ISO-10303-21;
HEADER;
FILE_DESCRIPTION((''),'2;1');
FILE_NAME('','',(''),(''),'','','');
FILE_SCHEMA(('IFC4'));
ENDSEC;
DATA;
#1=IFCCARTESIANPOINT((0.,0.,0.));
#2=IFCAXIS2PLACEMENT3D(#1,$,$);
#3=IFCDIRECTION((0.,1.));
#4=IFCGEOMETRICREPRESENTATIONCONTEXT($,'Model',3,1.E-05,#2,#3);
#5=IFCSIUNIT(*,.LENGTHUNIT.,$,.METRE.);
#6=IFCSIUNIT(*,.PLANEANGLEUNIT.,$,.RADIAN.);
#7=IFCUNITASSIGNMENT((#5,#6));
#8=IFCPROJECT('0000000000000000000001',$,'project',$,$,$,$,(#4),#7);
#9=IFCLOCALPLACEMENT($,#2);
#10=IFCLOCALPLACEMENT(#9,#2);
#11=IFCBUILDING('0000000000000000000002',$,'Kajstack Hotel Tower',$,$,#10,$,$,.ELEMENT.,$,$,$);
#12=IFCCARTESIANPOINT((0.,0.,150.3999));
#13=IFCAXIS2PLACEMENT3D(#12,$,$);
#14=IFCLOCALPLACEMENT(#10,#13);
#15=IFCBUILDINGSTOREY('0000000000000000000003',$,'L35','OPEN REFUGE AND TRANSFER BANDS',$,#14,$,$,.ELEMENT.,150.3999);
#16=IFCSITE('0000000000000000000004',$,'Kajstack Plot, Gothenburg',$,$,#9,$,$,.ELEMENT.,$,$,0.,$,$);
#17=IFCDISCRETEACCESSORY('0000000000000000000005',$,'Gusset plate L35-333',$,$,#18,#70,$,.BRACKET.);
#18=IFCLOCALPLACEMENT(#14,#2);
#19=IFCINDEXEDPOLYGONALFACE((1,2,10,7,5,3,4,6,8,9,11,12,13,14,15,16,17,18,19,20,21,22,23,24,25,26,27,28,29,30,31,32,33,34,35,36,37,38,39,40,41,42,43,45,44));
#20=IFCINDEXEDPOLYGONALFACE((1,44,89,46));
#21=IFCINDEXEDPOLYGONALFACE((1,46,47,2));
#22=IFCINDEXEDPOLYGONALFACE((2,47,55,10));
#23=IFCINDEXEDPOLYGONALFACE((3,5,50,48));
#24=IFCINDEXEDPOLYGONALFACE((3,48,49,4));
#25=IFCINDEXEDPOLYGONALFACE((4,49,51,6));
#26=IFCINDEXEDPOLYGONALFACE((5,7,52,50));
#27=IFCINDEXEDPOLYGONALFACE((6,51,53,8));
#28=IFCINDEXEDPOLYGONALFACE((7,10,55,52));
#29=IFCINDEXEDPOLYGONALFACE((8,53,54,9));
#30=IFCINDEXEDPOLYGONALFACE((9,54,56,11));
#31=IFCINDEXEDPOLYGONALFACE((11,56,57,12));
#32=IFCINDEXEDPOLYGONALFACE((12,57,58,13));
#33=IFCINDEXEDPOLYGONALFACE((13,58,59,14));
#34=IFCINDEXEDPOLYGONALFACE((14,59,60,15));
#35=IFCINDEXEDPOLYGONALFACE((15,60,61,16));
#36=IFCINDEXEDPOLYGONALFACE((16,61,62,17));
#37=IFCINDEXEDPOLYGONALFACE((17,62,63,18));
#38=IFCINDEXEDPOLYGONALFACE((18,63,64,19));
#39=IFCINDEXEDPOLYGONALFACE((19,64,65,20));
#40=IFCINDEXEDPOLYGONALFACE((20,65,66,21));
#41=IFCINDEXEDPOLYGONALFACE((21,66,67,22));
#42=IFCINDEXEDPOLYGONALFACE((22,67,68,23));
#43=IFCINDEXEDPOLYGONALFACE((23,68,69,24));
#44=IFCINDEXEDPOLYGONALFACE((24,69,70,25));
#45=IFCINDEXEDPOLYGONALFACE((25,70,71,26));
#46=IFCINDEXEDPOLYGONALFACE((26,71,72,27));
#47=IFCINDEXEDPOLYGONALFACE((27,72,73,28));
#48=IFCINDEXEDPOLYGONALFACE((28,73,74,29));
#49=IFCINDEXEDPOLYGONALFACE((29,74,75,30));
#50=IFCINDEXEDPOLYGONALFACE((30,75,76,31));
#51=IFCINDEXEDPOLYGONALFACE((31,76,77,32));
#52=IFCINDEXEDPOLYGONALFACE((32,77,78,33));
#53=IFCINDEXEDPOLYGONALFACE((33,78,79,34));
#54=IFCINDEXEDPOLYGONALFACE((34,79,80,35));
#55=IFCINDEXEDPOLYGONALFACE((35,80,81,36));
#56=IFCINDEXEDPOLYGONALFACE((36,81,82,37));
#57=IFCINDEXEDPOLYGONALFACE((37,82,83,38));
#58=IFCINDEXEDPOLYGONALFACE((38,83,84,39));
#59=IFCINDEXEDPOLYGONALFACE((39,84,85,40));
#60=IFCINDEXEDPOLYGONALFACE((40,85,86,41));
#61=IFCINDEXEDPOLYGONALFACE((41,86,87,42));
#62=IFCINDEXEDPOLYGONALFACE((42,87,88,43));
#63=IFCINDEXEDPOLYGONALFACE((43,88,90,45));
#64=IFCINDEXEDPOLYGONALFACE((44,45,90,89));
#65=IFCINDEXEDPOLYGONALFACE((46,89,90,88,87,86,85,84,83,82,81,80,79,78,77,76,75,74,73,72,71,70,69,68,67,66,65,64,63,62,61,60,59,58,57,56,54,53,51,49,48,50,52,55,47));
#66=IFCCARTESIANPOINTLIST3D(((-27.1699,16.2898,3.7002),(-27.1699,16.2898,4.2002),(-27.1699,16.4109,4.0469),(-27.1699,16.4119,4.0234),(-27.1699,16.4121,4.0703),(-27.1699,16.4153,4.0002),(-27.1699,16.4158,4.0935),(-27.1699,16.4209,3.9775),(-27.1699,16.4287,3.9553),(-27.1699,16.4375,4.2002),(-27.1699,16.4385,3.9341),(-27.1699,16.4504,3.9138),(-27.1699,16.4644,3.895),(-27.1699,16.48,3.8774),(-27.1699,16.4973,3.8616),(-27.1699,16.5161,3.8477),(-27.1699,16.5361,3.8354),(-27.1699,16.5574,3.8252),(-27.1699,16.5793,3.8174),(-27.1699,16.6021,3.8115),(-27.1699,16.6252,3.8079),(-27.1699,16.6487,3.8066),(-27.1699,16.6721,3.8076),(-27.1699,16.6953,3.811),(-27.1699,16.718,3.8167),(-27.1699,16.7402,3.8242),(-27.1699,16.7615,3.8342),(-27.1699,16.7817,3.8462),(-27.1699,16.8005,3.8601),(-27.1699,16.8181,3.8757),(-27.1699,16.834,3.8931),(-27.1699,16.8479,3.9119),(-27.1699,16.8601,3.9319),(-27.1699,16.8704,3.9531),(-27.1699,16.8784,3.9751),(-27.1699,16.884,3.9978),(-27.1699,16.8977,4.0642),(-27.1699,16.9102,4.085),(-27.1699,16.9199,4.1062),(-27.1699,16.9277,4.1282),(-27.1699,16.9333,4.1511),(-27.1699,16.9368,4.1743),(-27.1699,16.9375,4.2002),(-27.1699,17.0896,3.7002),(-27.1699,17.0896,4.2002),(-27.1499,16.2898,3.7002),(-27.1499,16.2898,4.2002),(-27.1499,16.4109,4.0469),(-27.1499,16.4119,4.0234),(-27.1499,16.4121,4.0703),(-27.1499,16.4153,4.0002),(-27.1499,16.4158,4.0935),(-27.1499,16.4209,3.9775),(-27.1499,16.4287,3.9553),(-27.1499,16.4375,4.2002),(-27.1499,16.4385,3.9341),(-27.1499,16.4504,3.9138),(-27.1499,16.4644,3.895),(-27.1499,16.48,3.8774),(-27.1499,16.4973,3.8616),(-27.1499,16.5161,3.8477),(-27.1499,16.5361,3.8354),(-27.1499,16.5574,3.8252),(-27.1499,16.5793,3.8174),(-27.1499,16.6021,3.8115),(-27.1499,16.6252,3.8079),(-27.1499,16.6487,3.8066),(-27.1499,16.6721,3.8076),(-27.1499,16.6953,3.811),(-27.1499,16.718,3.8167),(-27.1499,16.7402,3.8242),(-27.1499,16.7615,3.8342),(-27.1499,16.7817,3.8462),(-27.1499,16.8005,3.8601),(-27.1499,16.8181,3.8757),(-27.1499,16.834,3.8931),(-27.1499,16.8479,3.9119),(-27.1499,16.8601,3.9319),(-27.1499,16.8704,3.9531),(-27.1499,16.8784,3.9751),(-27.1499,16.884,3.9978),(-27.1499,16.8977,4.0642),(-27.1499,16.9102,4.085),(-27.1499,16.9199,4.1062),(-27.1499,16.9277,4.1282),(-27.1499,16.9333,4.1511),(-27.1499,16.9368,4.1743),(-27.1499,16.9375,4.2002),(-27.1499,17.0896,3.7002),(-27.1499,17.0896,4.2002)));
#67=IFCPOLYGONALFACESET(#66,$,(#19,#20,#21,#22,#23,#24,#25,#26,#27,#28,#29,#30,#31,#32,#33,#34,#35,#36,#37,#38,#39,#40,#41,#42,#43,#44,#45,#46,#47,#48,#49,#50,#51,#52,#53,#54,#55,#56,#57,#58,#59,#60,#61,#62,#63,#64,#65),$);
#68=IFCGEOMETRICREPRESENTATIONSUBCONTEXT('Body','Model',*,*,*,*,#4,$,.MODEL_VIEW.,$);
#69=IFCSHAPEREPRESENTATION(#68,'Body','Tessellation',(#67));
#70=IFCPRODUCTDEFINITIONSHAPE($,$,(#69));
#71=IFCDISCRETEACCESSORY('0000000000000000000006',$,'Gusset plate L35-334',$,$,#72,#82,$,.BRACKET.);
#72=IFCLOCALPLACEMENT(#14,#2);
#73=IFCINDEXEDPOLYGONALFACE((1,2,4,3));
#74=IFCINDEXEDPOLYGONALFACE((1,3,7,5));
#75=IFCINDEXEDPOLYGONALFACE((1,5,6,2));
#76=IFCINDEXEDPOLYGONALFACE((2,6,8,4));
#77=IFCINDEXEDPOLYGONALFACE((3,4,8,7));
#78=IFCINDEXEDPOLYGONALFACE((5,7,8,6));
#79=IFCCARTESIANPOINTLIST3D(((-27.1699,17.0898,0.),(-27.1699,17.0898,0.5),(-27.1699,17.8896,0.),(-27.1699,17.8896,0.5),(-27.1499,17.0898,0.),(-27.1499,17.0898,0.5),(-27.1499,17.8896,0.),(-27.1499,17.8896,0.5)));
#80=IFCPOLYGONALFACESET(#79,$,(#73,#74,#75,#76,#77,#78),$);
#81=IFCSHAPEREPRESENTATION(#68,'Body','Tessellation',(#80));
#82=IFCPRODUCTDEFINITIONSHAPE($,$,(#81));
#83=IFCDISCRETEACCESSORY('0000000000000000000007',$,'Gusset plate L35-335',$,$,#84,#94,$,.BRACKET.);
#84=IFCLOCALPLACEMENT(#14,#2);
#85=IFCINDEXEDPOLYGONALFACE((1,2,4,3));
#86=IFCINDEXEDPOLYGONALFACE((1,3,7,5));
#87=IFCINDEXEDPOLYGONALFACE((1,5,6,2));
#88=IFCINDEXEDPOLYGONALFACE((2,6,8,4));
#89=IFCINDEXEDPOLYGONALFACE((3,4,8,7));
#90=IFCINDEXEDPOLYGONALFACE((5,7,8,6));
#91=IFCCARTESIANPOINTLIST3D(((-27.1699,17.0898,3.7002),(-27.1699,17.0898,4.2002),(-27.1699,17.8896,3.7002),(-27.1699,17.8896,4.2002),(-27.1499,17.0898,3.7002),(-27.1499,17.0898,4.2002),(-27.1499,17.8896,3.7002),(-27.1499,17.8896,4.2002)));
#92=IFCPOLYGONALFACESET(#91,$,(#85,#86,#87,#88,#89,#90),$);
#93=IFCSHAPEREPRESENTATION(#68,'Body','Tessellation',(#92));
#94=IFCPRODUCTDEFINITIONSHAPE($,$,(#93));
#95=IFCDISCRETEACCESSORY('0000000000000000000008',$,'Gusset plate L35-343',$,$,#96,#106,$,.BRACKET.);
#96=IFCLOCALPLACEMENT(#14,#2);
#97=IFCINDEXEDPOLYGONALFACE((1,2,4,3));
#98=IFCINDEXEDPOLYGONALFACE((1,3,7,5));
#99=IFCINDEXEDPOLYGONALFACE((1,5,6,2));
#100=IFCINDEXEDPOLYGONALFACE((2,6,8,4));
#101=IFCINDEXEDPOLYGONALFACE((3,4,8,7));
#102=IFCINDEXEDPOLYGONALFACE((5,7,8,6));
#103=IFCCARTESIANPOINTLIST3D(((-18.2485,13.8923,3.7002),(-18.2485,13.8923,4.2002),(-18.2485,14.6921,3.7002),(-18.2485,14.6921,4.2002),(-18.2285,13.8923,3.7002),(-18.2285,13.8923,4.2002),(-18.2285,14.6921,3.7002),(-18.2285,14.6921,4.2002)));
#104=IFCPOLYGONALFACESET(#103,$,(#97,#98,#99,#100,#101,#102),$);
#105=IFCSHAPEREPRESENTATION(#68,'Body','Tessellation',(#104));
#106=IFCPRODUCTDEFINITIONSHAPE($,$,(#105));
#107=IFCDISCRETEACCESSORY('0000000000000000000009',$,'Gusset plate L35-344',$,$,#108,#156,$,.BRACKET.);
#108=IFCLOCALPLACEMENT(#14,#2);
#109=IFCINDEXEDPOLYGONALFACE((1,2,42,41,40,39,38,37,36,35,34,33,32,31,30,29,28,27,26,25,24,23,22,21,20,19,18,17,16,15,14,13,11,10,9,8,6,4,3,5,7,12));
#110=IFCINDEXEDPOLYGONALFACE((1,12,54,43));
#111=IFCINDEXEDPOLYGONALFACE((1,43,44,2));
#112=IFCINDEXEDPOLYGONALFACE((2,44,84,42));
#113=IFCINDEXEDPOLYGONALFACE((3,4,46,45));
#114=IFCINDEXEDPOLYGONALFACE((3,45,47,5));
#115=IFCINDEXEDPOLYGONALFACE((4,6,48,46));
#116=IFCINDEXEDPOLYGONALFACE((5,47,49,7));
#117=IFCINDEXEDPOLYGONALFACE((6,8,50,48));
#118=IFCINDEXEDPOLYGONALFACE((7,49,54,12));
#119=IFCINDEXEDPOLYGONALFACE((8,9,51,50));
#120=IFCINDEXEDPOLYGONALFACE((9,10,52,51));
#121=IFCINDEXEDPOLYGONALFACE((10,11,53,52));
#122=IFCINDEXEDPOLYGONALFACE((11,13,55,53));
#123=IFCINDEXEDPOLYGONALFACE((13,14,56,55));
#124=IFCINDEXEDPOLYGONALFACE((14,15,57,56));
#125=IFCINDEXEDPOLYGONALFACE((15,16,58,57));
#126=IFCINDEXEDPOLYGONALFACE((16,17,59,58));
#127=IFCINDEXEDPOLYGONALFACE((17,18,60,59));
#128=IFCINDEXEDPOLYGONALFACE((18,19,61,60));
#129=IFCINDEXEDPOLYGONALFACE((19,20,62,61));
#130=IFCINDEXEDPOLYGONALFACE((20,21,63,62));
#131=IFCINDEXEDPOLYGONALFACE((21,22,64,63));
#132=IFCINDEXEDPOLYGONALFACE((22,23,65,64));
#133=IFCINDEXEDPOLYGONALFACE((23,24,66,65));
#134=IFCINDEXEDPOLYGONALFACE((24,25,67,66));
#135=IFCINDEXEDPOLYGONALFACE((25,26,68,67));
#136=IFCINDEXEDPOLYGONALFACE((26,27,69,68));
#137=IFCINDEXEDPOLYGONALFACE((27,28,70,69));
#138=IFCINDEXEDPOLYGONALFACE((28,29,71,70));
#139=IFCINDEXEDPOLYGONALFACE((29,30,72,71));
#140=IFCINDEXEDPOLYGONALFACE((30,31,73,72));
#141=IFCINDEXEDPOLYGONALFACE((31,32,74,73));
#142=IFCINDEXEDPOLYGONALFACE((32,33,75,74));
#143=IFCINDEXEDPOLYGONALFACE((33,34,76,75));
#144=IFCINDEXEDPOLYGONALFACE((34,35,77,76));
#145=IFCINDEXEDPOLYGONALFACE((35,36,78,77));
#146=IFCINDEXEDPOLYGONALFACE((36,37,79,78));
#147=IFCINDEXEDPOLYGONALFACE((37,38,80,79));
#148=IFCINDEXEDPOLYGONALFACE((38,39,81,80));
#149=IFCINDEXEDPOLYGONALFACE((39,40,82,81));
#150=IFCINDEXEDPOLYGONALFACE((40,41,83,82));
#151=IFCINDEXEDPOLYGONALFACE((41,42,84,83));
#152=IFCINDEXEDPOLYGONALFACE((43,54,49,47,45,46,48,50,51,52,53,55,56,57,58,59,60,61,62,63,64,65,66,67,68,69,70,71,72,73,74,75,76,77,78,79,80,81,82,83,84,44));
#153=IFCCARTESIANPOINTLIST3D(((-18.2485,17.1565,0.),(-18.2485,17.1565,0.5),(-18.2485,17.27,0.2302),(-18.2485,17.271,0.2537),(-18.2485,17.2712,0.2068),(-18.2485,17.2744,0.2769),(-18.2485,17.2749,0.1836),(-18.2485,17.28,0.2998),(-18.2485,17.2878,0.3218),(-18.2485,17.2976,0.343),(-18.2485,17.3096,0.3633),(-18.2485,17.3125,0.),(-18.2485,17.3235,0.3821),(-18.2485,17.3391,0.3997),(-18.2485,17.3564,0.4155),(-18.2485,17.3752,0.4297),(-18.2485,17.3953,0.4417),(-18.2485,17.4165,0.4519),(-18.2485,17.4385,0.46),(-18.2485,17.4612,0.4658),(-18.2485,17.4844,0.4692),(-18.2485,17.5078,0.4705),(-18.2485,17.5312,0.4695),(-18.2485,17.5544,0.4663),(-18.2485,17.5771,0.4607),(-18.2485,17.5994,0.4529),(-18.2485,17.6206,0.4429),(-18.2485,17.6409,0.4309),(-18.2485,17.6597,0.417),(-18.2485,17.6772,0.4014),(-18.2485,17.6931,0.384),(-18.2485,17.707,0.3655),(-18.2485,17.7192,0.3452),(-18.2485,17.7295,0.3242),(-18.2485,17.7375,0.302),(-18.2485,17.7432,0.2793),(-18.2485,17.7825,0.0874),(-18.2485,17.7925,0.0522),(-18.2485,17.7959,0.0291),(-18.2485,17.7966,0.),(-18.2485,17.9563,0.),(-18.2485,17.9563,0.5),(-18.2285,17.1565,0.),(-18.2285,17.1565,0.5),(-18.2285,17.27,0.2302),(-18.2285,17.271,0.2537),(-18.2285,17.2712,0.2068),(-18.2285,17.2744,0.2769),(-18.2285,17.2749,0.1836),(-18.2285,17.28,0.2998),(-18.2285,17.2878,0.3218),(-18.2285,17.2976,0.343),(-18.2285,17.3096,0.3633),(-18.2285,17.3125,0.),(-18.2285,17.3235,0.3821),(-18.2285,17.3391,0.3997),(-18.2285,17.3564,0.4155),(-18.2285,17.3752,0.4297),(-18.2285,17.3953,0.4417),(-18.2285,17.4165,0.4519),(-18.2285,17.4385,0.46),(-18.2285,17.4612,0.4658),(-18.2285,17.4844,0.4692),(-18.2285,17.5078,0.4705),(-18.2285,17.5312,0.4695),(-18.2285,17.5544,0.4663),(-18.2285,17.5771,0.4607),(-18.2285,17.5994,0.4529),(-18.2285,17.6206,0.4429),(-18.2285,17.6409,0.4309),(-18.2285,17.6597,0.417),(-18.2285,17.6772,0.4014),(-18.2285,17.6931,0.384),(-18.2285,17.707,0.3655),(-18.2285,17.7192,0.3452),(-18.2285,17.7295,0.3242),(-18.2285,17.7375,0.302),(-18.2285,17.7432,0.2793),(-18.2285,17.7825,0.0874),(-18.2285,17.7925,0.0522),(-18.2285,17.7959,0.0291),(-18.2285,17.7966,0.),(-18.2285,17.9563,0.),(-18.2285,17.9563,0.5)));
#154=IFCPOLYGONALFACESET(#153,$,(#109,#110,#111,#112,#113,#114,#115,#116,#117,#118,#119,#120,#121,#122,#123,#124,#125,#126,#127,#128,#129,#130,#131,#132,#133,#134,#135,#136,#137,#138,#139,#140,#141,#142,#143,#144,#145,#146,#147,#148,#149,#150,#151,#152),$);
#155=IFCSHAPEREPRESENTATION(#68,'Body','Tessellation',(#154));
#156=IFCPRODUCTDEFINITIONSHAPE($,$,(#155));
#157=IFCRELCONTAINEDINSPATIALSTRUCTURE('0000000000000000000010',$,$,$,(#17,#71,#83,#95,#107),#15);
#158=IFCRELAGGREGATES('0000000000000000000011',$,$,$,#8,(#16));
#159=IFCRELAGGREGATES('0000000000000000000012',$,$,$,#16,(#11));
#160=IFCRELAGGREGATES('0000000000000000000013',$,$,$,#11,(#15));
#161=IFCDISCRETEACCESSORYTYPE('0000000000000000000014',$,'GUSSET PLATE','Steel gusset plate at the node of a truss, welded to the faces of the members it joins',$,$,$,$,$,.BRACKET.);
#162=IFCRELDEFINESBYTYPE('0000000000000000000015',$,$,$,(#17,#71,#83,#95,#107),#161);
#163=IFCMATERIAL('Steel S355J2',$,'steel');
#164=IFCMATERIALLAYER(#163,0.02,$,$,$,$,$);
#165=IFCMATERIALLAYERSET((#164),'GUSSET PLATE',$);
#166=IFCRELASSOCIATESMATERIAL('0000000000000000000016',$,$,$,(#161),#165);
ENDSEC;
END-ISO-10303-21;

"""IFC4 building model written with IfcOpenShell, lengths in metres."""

from ifc_helpers import new_model, si_unit, direction, frame, origin, place, context, subcontext, project, spatial, polyline, outline, extrude, material, layer, layer_set, type_object, element, save


model = new_model("IFC4")

# Units and contexts
model_context = context("Model", 3, precision=1e-05, world=origin(), true_north=direction((0.0, 1.0)))
body_context = subcontext(model_context, "Body", "Model", "MODEL_VIEW")
ifc_project = project(units=[si_unit("LENGTHUNIT", "METRE"), si_unit("PLANEANGLEUNIT", "RADIAN")], contexts=[model_context])

# Site, building, storey
site_placement = place(None, origin())
site = spatial("IfcSite", under=ifc_project, at=site_placement, Name="Kajstack Plot, Gothenburg", CompositionType="ELEMENT", RefElevation=0.0)
building_placement = place(site_placement, origin())
building = spatial("IfcBuilding", under=site, at=building_placement, Name="Kajstack Hotel Tower", CompositionType="ELEMENT")
storey_placement = place(building_placement, frame((0.0, 0.0, 150.3999)))
storey = spatial("IfcBuildingStorey", under=building, at=storey_placement, Name="L35", Description="OPEN REFUGE AND TRANSFER BANDS", CompositionType="ELEMENT", Elevation=150.3999)

# Shared definitions
ifc_material_1 = material(Name="Steel S355J2", Category="steel")

# Discrete accessories
ifc_layer_1 = layer(ifc_material_1, 0.02)
ifc_layer_set_1 = layer_set([ifc_layer_1], Name="GUSSET PLATE")
discrete_accessory_type = type_object("IfcDiscreteAccessoryType", Name="GUSSET PLATE", Description="Steel gusset plate at the node of a truss, welded to the faces of the members it joins", PredefinedType="BRACKET", material=ifc_layer_set_1)
discrete_accessory_1_placement = place(storey_placement, frame((-27.1699, 16.6897, 3.7002), z_axis=(1.0, 0.0, 0.0), x_axis=(0.0, 1.0, 0.0)))
element("IfcDiscreteAccessory", 1, at=discrete_accessory_1_placement, inside=storey, type_object=discrete_accessory_type, Name="Gusset plate L35-333", PredefinedType="BRACKET", context=body_context, shape_type="SweptSolid", body=[
    extrude(outline(polyline([(0.3999, 0.5), (0.2478, 0.5), (0.2471, 0.4741), (0.2437, 0.4509), (0.238, 0.428), (0.2302, 0.406), (0.2205, 0.3848), (0.208, 0.364), (0.1943, 0.2976), (0.1887, 0.2749), (0.1807, 0.2529), (0.1704, 0.2317), (0.1582, 0.2117), (0.1443, 0.1929), (0.1284, 0.1755), (0.1108, 0.1599), (0.092, 0.146), (0.0718, 0.134), (0.0505, 0.124), (0.0283, 0.1165), (0.0056, 0.1108), (-0.0176, 0.1074), (-0.041, 0.1064), (-0.0645, 0.1077), (-0.0876, 0.1113), (-0.1104, 0.1172), (-0.1323, 0.125), (-0.1536, 0.1353), (-0.1736, 0.1475), (-0.1924, 0.1614), (-0.2097, 0.1772), (-0.2253, 0.1948), (-0.2393, 0.2136), (-0.2512, 0.2339), (-0.261, 0.2551), (-0.2688, 0.2773), (-0.2744, 0.3), (-0.2778, 0.3232), (-0.2788, 0.3467), (-0.2776, 0.3701), (-0.2739, 0.3933), (-0.2522, 0.5), (-0.3999, 0.5), (-0.3999, 0.0), (0.3999, 0.0), (0.3999, 0.5)])), origin(), (0.0, 0.0, 1.0), 0.02),
])
for number, where, z_axis, x_axis, name in (
    (2, (-27.1699, 17.4897, 0.0), (1.0, 0.0, 0.0), (0.0, 1.0, 0.0), "Gusset plate L35-334"),
    (3, (-27.1699, 17.4897, 3.7002), (1.0, 0.0, 0.0), (0.0, 1.0, 0.0), "Gusset plate L35-335"),
    (4, (-18.2485, 14.2922, 3.7002), (1.0, 0.0, 0.0), (0.0, 1.0, 0.0), "Gusset plate L35-343"),
):
    element("IfcDiscreteAccessory", number, at=place(storey_placement, frame(where, z_axis=z_axis, x_axis=x_axis)), inside=storey, type_object=discrete_accessory_type, Name=name, PredefinedType="BRACKET", context=body_context, shape_type="SweptSolid", body=[
        extrude(outline(polyline([(-0.3999, 0.0), (0.3999, 0.0), (0.3999, 0.5), (-0.3999, 0.5), (-0.3999, 0.0)])), origin(), (0.0, 0.0, 1.0), 0.02),
    ])
discrete_accessory_2_placement = place(storey_placement, frame((-18.2485, 17.5564, 0.0), z_axis=(1.0, 0.0, 0.0), x_axis=(0.0, 1.0, 0.0)))
element("IfcDiscreteAccessory", 5, at=discrete_accessory_2_placement, inside=storey, type_object=discrete_accessory_type, Name="Gusset plate L35-344", PredefinedType="BRACKET", context=body_context, shape_type="SweptSolid", body=[
    extrude(outline(polyline([(-0.3999, 0.0), (-0.2439, 0.0), (-0.2815, 0.1836), (-0.2852, 0.2068), (-0.2864, 0.2302), (-0.2854, 0.2537), (-0.282, 0.2769), (-0.2764, 0.2998), (-0.2686, 0.3218), (-0.2588, 0.343), (-0.2468, 0.3633), (-0.2329, 0.3821), (-0.2173, 0.3997), (-0.2, 0.4155), (-0.1812, 0.4297), (-0.1611, 0.4417), (-0.1399, 0.4519), (-0.1179, 0.46), (-0.0952, 0.4658), (-0.072, 0.4692), (-0.0486, 0.4705), (-0.0251, 0.4695), (-0.002, 0.4663), (0.0208, 0.4607), (0.043, 0.4529), (0.0642, 0.4429), (0.0845, 0.4309), (0.1033, 0.417), (0.1208, 0.4014), (0.1367, 0.384), (0.1506, 0.3655), (0.1628, 0.3452), (0.1731, 0.3242), (0.1812, 0.302), (0.1868, 0.2793), (0.2261, 0.0874), (0.2361, 0.0522), (0.2395, 0.0291), (0.2402, 0.0), (0.3999, 0.0), (0.3999, 0.5), (-0.3999, 0.5), (-0.3999, 0.0)])), origin(), (0.0, 0.0, 1.0), 0.02),
])

save(model, "model.ifc")
